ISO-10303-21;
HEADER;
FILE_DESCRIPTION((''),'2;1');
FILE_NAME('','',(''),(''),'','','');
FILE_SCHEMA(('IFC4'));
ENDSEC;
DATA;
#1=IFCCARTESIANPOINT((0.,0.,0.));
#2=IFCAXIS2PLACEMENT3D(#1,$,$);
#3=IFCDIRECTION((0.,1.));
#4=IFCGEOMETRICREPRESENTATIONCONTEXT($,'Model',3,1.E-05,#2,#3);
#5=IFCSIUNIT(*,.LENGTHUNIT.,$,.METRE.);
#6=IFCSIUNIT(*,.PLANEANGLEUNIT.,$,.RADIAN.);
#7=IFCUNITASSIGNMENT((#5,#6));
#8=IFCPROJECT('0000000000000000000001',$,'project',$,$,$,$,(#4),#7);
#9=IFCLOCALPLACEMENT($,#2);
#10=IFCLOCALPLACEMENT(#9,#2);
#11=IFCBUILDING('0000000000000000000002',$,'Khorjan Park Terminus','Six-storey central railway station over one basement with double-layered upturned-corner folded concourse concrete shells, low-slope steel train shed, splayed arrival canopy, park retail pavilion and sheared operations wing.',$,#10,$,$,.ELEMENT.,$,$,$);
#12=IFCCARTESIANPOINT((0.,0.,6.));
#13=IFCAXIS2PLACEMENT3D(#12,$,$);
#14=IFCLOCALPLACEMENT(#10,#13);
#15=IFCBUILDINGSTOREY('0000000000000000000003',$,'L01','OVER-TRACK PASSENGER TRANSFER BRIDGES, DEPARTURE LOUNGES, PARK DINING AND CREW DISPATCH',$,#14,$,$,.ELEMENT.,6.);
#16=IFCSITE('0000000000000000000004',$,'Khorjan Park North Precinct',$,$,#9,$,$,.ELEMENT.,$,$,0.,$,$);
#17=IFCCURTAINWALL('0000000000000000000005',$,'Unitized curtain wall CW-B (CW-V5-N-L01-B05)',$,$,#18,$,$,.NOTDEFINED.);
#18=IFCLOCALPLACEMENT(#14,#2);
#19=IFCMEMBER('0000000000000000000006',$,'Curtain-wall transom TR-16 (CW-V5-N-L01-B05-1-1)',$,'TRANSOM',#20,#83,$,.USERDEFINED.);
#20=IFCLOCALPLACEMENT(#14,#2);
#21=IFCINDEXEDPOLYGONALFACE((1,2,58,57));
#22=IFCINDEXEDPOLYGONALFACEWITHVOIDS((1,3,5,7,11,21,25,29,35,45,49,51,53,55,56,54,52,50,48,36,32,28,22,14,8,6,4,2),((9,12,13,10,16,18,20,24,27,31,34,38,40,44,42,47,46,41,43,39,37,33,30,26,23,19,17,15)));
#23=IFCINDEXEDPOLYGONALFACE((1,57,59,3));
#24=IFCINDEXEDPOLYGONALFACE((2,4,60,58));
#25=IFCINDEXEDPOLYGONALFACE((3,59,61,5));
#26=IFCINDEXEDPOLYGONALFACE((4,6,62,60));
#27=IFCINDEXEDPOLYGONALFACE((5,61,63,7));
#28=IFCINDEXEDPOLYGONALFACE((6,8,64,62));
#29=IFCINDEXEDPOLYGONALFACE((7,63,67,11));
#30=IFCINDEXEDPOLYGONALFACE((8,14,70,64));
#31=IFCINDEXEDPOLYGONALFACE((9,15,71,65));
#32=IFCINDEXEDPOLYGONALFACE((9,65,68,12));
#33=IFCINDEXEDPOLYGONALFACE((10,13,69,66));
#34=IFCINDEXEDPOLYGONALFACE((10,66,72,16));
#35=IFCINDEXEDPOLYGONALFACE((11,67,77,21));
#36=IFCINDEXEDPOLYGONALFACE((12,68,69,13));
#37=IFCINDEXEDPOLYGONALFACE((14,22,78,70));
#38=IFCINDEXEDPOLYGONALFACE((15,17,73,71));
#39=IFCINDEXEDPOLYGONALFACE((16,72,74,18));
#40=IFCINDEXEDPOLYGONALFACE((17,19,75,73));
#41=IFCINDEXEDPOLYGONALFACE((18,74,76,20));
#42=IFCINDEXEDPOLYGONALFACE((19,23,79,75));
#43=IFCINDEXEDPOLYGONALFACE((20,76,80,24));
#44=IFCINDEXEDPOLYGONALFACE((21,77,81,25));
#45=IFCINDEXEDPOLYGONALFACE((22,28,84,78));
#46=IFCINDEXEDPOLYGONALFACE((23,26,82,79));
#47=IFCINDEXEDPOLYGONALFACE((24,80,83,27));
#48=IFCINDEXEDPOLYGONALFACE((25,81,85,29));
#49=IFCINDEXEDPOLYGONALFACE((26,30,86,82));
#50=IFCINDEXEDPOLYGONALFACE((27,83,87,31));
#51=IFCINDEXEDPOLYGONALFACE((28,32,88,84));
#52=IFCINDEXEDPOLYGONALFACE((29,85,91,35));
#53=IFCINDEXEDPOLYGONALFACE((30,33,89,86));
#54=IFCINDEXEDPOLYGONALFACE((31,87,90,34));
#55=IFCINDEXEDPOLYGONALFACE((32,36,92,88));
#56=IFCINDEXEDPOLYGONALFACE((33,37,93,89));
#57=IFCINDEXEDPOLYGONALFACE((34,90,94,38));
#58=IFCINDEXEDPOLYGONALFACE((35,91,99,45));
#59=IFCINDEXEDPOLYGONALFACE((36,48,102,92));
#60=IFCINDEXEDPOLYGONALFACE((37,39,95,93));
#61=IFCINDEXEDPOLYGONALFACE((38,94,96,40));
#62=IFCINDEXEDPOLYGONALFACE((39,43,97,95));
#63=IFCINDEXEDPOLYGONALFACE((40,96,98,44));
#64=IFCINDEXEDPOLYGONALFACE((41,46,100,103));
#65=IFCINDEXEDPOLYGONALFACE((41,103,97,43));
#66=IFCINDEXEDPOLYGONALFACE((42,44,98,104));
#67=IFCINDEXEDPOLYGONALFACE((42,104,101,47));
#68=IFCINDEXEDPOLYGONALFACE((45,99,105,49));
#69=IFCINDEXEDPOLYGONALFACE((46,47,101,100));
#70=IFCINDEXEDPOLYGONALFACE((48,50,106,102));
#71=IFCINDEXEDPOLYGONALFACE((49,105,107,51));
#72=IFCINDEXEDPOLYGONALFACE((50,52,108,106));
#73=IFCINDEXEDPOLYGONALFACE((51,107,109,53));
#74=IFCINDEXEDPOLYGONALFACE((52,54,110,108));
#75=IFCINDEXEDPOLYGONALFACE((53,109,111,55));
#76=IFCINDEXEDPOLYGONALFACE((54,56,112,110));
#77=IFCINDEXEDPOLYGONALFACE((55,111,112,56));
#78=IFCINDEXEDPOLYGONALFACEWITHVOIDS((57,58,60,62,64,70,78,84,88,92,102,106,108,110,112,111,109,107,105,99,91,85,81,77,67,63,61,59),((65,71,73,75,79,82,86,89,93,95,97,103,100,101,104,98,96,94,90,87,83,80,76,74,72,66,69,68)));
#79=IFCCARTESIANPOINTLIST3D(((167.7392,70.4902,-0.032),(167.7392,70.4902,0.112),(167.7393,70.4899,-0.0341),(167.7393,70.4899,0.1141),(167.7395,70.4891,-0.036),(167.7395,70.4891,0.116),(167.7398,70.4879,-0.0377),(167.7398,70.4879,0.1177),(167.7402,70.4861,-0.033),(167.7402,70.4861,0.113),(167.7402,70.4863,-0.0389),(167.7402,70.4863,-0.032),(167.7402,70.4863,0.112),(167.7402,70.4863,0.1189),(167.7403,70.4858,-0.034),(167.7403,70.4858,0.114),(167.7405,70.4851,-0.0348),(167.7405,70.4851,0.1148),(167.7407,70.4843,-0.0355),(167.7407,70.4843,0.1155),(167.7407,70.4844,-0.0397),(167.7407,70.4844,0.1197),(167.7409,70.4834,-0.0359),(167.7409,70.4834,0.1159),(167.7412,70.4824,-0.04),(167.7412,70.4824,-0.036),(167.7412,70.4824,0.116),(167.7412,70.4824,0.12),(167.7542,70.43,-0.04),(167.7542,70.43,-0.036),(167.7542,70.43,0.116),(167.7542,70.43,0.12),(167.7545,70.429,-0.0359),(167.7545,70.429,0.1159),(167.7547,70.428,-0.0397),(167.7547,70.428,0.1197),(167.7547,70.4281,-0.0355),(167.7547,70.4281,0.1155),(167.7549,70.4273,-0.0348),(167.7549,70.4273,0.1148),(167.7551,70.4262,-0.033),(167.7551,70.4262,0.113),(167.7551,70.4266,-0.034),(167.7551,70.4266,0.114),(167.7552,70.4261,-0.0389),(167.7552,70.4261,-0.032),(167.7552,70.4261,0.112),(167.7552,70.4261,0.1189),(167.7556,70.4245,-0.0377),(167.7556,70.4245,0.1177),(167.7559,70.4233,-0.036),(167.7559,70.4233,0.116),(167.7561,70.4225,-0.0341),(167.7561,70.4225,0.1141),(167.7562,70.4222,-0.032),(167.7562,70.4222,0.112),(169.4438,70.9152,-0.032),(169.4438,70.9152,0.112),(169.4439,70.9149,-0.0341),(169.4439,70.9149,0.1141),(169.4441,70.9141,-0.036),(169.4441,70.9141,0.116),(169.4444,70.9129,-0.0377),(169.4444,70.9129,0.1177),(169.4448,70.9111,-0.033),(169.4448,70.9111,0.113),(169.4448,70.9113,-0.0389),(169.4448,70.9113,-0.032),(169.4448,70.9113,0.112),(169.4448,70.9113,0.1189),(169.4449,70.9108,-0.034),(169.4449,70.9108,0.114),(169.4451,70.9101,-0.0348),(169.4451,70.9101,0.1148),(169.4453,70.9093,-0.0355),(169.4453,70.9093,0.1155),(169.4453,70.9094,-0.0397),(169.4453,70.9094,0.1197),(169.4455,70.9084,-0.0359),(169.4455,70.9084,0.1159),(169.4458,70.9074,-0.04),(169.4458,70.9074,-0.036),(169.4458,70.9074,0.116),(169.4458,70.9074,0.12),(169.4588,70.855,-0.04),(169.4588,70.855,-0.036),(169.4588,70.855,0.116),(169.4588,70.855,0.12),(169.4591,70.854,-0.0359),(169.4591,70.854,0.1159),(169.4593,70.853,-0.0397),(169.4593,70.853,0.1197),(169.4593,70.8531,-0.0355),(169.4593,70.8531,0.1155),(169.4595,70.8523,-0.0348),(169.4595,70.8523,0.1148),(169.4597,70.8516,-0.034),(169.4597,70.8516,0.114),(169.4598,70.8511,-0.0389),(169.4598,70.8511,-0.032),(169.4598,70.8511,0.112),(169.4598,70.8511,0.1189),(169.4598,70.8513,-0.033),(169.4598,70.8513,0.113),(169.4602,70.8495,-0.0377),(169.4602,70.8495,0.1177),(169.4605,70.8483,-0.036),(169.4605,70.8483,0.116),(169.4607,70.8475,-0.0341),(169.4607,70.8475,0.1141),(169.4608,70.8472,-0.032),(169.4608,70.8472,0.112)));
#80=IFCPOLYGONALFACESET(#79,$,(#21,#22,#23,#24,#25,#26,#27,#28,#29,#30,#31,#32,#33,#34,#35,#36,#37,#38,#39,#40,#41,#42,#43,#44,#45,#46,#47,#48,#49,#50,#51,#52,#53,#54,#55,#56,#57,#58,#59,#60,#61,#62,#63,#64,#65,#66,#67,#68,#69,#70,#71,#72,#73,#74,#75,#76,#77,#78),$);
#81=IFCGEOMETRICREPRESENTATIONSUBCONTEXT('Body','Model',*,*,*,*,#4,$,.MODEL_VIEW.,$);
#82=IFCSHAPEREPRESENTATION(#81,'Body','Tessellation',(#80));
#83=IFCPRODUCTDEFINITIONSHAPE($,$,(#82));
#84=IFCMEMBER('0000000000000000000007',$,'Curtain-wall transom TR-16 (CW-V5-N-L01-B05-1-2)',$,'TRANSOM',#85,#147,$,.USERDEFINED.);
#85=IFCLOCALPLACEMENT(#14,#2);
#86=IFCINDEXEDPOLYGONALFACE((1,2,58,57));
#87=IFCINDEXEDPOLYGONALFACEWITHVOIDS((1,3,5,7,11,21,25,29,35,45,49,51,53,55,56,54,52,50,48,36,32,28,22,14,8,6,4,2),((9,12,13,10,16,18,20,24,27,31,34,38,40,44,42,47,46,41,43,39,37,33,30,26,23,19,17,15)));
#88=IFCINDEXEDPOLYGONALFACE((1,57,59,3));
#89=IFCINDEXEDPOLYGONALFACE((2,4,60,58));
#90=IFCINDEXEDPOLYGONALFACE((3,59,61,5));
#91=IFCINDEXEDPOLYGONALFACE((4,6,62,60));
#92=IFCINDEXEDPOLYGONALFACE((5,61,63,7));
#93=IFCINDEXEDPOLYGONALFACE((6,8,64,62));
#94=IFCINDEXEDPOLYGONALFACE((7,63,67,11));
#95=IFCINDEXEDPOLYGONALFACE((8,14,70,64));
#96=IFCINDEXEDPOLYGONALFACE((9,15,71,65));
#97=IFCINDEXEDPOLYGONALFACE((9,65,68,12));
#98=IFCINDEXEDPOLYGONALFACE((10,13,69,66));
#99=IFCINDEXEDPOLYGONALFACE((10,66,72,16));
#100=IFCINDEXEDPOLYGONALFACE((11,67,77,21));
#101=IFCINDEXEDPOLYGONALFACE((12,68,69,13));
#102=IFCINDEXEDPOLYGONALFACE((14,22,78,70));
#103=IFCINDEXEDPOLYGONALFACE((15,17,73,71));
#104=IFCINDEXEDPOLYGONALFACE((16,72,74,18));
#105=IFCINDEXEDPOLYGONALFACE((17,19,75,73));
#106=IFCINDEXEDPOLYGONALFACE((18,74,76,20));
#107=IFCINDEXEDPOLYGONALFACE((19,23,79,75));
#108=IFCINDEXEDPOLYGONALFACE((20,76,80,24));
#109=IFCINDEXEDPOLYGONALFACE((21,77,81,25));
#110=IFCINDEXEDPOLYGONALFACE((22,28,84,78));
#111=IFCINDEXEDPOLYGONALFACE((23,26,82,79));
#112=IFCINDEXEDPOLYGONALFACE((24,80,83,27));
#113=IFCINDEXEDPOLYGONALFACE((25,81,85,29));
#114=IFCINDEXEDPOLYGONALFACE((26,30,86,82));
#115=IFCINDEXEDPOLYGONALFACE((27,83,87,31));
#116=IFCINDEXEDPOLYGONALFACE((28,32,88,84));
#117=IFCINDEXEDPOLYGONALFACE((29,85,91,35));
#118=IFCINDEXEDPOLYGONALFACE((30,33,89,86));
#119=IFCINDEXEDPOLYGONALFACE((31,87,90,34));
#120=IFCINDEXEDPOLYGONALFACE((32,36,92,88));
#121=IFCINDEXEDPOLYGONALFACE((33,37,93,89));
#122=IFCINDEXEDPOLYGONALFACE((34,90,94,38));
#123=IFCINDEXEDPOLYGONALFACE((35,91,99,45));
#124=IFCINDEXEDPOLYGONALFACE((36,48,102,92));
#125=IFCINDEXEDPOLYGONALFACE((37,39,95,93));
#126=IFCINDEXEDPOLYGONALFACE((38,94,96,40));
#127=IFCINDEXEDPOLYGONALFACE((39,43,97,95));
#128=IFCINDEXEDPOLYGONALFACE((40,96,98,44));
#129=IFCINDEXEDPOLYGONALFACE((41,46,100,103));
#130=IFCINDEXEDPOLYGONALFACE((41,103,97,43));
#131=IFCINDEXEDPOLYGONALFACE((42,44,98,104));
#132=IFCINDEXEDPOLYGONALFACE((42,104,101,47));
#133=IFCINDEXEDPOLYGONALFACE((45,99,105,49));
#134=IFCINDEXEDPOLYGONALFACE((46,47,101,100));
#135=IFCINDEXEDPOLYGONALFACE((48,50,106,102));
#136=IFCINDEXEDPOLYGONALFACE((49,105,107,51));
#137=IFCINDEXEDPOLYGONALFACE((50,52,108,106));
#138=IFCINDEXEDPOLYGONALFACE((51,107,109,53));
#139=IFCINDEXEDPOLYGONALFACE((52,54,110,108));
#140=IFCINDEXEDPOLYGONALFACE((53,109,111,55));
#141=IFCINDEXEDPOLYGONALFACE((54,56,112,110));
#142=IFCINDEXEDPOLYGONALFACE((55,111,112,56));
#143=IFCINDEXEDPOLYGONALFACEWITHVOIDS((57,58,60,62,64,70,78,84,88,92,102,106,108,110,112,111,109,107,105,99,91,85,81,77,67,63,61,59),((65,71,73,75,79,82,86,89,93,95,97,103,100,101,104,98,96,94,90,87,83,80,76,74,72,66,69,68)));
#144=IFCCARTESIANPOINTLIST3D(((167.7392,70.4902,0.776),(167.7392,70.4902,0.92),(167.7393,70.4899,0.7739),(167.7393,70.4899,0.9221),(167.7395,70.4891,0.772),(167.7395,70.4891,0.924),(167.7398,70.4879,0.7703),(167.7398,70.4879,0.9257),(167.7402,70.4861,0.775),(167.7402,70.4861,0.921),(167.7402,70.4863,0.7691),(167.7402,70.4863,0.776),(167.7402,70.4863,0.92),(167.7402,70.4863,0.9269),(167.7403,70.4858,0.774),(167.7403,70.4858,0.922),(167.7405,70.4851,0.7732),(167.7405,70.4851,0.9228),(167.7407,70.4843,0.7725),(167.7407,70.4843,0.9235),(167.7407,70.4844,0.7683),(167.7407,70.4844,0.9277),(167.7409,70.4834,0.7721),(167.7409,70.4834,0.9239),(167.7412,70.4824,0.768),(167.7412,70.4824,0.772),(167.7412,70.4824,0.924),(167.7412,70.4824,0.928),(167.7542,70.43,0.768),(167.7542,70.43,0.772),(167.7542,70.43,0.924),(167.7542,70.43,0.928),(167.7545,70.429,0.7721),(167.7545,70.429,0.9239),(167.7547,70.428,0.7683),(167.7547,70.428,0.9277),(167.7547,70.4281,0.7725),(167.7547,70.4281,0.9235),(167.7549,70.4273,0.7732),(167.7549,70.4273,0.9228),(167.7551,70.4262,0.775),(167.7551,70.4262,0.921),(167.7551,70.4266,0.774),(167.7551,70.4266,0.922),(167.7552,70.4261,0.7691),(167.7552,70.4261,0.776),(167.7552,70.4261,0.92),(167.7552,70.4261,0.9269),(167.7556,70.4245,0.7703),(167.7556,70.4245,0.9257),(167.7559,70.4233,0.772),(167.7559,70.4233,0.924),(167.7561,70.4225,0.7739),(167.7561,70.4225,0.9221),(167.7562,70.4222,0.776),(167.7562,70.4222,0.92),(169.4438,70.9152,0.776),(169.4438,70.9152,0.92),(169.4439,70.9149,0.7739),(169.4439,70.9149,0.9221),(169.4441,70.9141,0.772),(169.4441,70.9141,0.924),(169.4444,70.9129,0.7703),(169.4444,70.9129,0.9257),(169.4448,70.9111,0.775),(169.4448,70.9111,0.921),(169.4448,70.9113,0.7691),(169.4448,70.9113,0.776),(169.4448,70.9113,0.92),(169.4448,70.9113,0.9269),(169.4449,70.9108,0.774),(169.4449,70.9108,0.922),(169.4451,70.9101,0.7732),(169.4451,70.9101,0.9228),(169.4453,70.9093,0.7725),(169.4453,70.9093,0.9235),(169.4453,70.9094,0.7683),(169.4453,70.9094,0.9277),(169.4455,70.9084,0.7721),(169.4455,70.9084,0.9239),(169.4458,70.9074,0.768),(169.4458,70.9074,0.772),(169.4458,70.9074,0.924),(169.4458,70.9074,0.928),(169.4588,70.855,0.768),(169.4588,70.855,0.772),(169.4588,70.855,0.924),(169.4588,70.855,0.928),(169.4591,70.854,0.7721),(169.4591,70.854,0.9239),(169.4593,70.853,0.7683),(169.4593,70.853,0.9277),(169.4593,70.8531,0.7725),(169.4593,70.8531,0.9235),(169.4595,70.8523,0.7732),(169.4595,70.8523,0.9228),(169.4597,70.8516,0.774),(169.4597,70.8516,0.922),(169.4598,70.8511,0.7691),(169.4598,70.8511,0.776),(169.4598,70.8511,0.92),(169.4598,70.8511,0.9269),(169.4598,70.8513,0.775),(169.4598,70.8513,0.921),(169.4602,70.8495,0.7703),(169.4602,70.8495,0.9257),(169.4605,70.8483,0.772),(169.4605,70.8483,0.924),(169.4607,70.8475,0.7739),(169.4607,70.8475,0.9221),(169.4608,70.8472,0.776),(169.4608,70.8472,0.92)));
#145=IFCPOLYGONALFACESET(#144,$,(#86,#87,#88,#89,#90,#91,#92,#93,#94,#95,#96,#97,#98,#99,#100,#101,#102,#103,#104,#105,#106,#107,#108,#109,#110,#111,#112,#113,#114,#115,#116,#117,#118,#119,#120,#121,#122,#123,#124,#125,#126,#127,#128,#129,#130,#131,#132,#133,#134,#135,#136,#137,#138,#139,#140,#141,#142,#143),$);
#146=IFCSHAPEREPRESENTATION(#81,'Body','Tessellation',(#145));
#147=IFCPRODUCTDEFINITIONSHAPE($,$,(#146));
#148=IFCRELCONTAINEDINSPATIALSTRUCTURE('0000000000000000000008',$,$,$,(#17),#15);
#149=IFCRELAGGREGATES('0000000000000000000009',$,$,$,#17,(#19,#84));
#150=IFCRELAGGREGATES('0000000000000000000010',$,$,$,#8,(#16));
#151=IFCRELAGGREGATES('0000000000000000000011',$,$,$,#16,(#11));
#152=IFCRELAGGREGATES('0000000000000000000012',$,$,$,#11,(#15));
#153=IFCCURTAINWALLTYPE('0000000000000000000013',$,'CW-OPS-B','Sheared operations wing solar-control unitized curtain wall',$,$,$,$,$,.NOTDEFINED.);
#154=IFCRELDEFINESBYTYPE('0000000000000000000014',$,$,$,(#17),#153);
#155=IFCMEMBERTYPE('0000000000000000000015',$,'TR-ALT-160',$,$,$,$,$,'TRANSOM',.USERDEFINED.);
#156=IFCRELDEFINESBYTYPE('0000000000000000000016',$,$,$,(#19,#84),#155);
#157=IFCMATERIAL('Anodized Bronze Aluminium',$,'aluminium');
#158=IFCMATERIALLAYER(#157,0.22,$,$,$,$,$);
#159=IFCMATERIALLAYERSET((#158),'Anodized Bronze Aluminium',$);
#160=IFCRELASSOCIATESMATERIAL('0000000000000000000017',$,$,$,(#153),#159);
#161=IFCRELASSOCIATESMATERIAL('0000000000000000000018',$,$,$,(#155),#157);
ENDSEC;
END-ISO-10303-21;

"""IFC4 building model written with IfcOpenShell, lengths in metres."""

from ifc_helpers import new_model, si_unit, direction, frame, origin, origin_2d, place, context, subcontext, project, spatial, hollow_rectangle, extrude, material, layer, layer_set, material_profile, profile_set, type_object, element, aggregate, save


model = new_model("IFC4")

# Units and contexts
model_context = context("Model", 3, precision=1e-05, world=origin(), true_north=direction((0.0, 1.0)))
body_context = subcontext(model_context, "Body", "Model", "MODEL_VIEW")
ifc_project = project(units=[si_unit("LENGTHUNIT", "METRE"), si_unit("PLANEANGLEUNIT", "RADIAN")], contexts=[model_context])

# Site, building, storey
site_placement = place(None, origin())
site = spatial("IfcSite", under=ifc_project, at=site_placement, Name="Khorjan Park North Precinct", CompositionType="ELEMENT", RefElevation=0.0)
building_placement = place(site_placement, origin())
building = spatial("IfcBuilding", under=site, at=building_placement, Name="Khorjan Park Terminus", Description="Six-storey central railway station over one basement with double-layered upturned-corner folded concourse concrete shells, low-slope steel train shed, splayed arrival canopy, park retail pavilion and sheared operations wing.", CompositionType="ELEMENT")
storey_placement = place(building_placement, frame((0.0, 0.0, 6.0)))
storey = spatial("IfcBuildingStorey", under=building, at=storey_placement, Name="L01", Description="OVER-TRACK PASSENGER TRANSFER BRIDGES, DEPARTURE LOUNGES, PARK DINING AND CREW DISPATCH", CompositionType="ELEMENT", Elevation=6.0)

# Curtain wall, members
ifc_material_1 = material(Name="Anodized Bronze Aluminium", Category="aluminium")
ifc_layer_1 = layer(ifc_material_1, 0.22)
ifc_layer_set_1 = layer_set([ifc_layer_1], Name="Anodized Bronze Aluminium")
curtain_wall_type = type_object("IfcCurtainWallType", Name="CW-OPS-B", Description="Sheared operations wing solar-control unitized curtain wall", PredefinedType="NOTDEFINED", material=ifc_layer_set_1)
curtain_wall_placement = place(storey_placement, origin())
curtain_wall = element("IfcCurtainWall", 1, at=curtain_wall_placement, inside=storey, type_object=curtain_wall_type, Name="Unitized curtain wall CW-B (CW-V5-N-L01-B05)", PredefinedType="NOTDEFINED")
ifc_material_profile_1 = material_profile(ifc_material_1, hollow_rectangle(XDim=0.07, YDim=0.16, WallThickness=0.004, InnerFilletRadius=0.004, OuterFilletRadius=0.008, at=origin_2d()), Name="ALT 70x160x4")
ifc_profile_set_1 = profile_set([ifc_material_profile_1], Name="Anodized Bronze Aluminium")
member_type_1 = type_object("IfcMemberType", Name="TR-ALT-160", ElementType="TRANSOM", PredefinedType="USERDEFINED", material=ifc_profile_set_1)
member_1_placement = place(storey_placement, frame((169.4523, 70.8812, 0.04), z_axis=(-0.970296, -0.241919, 0.0), x_axis=(0.241919, -0.970296, 0.0)))
member_1 = element("IfcMember", 2, at=member_1_placement, type_object=member_type_1, Name="Curtain-wall transom TR-16 (CW-V5-N-L01-B05-1-1)", ObjectType="TRANSOM", PredefinedType="USERDEFINED", context=body_context, shape_type="SweptSolid", body=[
    extrude(hollow_rectangle(XDim=0.07, YDim=0.16, WallThickness=0.004, InnerFilletRadius=0.004, OuterFilletRadius=0.008, at=origin_2d()), origin(), (0.0, 0.0, 1.0), 1.7568),
])
member_2_placement = place(storey_placement, frame((169.4523, 70.8812, 0.848), z_axis=(-0.970296, -0.241919, 0.0), x_axis=(0.241919, -0.970296, 0.0)))
member_2 = element("IfcMember", 3, at=member_2_placement, type_object=member_type_1, Name="Curtain-wall transom TR-16 (CW-V5-N-L01-B05-1-2)", ObjectType="TRANSOM", PredefinedType="USERDEFINED", context=body_context, shape_type="SweptSolid", body=[
    extrude(hollow_rectangle(XDim=0.07, YDim=0.16, WallThickness=0.004, InnerFilletRadius=0.004, OuterFilletRadius=0.008, at=origin_2d()), origin(), (0.0, 0.0, 1.0), 1.7568),
])
aggregate(curtain_wall, [member_1, member_2])

save(model, "model.ifc")
